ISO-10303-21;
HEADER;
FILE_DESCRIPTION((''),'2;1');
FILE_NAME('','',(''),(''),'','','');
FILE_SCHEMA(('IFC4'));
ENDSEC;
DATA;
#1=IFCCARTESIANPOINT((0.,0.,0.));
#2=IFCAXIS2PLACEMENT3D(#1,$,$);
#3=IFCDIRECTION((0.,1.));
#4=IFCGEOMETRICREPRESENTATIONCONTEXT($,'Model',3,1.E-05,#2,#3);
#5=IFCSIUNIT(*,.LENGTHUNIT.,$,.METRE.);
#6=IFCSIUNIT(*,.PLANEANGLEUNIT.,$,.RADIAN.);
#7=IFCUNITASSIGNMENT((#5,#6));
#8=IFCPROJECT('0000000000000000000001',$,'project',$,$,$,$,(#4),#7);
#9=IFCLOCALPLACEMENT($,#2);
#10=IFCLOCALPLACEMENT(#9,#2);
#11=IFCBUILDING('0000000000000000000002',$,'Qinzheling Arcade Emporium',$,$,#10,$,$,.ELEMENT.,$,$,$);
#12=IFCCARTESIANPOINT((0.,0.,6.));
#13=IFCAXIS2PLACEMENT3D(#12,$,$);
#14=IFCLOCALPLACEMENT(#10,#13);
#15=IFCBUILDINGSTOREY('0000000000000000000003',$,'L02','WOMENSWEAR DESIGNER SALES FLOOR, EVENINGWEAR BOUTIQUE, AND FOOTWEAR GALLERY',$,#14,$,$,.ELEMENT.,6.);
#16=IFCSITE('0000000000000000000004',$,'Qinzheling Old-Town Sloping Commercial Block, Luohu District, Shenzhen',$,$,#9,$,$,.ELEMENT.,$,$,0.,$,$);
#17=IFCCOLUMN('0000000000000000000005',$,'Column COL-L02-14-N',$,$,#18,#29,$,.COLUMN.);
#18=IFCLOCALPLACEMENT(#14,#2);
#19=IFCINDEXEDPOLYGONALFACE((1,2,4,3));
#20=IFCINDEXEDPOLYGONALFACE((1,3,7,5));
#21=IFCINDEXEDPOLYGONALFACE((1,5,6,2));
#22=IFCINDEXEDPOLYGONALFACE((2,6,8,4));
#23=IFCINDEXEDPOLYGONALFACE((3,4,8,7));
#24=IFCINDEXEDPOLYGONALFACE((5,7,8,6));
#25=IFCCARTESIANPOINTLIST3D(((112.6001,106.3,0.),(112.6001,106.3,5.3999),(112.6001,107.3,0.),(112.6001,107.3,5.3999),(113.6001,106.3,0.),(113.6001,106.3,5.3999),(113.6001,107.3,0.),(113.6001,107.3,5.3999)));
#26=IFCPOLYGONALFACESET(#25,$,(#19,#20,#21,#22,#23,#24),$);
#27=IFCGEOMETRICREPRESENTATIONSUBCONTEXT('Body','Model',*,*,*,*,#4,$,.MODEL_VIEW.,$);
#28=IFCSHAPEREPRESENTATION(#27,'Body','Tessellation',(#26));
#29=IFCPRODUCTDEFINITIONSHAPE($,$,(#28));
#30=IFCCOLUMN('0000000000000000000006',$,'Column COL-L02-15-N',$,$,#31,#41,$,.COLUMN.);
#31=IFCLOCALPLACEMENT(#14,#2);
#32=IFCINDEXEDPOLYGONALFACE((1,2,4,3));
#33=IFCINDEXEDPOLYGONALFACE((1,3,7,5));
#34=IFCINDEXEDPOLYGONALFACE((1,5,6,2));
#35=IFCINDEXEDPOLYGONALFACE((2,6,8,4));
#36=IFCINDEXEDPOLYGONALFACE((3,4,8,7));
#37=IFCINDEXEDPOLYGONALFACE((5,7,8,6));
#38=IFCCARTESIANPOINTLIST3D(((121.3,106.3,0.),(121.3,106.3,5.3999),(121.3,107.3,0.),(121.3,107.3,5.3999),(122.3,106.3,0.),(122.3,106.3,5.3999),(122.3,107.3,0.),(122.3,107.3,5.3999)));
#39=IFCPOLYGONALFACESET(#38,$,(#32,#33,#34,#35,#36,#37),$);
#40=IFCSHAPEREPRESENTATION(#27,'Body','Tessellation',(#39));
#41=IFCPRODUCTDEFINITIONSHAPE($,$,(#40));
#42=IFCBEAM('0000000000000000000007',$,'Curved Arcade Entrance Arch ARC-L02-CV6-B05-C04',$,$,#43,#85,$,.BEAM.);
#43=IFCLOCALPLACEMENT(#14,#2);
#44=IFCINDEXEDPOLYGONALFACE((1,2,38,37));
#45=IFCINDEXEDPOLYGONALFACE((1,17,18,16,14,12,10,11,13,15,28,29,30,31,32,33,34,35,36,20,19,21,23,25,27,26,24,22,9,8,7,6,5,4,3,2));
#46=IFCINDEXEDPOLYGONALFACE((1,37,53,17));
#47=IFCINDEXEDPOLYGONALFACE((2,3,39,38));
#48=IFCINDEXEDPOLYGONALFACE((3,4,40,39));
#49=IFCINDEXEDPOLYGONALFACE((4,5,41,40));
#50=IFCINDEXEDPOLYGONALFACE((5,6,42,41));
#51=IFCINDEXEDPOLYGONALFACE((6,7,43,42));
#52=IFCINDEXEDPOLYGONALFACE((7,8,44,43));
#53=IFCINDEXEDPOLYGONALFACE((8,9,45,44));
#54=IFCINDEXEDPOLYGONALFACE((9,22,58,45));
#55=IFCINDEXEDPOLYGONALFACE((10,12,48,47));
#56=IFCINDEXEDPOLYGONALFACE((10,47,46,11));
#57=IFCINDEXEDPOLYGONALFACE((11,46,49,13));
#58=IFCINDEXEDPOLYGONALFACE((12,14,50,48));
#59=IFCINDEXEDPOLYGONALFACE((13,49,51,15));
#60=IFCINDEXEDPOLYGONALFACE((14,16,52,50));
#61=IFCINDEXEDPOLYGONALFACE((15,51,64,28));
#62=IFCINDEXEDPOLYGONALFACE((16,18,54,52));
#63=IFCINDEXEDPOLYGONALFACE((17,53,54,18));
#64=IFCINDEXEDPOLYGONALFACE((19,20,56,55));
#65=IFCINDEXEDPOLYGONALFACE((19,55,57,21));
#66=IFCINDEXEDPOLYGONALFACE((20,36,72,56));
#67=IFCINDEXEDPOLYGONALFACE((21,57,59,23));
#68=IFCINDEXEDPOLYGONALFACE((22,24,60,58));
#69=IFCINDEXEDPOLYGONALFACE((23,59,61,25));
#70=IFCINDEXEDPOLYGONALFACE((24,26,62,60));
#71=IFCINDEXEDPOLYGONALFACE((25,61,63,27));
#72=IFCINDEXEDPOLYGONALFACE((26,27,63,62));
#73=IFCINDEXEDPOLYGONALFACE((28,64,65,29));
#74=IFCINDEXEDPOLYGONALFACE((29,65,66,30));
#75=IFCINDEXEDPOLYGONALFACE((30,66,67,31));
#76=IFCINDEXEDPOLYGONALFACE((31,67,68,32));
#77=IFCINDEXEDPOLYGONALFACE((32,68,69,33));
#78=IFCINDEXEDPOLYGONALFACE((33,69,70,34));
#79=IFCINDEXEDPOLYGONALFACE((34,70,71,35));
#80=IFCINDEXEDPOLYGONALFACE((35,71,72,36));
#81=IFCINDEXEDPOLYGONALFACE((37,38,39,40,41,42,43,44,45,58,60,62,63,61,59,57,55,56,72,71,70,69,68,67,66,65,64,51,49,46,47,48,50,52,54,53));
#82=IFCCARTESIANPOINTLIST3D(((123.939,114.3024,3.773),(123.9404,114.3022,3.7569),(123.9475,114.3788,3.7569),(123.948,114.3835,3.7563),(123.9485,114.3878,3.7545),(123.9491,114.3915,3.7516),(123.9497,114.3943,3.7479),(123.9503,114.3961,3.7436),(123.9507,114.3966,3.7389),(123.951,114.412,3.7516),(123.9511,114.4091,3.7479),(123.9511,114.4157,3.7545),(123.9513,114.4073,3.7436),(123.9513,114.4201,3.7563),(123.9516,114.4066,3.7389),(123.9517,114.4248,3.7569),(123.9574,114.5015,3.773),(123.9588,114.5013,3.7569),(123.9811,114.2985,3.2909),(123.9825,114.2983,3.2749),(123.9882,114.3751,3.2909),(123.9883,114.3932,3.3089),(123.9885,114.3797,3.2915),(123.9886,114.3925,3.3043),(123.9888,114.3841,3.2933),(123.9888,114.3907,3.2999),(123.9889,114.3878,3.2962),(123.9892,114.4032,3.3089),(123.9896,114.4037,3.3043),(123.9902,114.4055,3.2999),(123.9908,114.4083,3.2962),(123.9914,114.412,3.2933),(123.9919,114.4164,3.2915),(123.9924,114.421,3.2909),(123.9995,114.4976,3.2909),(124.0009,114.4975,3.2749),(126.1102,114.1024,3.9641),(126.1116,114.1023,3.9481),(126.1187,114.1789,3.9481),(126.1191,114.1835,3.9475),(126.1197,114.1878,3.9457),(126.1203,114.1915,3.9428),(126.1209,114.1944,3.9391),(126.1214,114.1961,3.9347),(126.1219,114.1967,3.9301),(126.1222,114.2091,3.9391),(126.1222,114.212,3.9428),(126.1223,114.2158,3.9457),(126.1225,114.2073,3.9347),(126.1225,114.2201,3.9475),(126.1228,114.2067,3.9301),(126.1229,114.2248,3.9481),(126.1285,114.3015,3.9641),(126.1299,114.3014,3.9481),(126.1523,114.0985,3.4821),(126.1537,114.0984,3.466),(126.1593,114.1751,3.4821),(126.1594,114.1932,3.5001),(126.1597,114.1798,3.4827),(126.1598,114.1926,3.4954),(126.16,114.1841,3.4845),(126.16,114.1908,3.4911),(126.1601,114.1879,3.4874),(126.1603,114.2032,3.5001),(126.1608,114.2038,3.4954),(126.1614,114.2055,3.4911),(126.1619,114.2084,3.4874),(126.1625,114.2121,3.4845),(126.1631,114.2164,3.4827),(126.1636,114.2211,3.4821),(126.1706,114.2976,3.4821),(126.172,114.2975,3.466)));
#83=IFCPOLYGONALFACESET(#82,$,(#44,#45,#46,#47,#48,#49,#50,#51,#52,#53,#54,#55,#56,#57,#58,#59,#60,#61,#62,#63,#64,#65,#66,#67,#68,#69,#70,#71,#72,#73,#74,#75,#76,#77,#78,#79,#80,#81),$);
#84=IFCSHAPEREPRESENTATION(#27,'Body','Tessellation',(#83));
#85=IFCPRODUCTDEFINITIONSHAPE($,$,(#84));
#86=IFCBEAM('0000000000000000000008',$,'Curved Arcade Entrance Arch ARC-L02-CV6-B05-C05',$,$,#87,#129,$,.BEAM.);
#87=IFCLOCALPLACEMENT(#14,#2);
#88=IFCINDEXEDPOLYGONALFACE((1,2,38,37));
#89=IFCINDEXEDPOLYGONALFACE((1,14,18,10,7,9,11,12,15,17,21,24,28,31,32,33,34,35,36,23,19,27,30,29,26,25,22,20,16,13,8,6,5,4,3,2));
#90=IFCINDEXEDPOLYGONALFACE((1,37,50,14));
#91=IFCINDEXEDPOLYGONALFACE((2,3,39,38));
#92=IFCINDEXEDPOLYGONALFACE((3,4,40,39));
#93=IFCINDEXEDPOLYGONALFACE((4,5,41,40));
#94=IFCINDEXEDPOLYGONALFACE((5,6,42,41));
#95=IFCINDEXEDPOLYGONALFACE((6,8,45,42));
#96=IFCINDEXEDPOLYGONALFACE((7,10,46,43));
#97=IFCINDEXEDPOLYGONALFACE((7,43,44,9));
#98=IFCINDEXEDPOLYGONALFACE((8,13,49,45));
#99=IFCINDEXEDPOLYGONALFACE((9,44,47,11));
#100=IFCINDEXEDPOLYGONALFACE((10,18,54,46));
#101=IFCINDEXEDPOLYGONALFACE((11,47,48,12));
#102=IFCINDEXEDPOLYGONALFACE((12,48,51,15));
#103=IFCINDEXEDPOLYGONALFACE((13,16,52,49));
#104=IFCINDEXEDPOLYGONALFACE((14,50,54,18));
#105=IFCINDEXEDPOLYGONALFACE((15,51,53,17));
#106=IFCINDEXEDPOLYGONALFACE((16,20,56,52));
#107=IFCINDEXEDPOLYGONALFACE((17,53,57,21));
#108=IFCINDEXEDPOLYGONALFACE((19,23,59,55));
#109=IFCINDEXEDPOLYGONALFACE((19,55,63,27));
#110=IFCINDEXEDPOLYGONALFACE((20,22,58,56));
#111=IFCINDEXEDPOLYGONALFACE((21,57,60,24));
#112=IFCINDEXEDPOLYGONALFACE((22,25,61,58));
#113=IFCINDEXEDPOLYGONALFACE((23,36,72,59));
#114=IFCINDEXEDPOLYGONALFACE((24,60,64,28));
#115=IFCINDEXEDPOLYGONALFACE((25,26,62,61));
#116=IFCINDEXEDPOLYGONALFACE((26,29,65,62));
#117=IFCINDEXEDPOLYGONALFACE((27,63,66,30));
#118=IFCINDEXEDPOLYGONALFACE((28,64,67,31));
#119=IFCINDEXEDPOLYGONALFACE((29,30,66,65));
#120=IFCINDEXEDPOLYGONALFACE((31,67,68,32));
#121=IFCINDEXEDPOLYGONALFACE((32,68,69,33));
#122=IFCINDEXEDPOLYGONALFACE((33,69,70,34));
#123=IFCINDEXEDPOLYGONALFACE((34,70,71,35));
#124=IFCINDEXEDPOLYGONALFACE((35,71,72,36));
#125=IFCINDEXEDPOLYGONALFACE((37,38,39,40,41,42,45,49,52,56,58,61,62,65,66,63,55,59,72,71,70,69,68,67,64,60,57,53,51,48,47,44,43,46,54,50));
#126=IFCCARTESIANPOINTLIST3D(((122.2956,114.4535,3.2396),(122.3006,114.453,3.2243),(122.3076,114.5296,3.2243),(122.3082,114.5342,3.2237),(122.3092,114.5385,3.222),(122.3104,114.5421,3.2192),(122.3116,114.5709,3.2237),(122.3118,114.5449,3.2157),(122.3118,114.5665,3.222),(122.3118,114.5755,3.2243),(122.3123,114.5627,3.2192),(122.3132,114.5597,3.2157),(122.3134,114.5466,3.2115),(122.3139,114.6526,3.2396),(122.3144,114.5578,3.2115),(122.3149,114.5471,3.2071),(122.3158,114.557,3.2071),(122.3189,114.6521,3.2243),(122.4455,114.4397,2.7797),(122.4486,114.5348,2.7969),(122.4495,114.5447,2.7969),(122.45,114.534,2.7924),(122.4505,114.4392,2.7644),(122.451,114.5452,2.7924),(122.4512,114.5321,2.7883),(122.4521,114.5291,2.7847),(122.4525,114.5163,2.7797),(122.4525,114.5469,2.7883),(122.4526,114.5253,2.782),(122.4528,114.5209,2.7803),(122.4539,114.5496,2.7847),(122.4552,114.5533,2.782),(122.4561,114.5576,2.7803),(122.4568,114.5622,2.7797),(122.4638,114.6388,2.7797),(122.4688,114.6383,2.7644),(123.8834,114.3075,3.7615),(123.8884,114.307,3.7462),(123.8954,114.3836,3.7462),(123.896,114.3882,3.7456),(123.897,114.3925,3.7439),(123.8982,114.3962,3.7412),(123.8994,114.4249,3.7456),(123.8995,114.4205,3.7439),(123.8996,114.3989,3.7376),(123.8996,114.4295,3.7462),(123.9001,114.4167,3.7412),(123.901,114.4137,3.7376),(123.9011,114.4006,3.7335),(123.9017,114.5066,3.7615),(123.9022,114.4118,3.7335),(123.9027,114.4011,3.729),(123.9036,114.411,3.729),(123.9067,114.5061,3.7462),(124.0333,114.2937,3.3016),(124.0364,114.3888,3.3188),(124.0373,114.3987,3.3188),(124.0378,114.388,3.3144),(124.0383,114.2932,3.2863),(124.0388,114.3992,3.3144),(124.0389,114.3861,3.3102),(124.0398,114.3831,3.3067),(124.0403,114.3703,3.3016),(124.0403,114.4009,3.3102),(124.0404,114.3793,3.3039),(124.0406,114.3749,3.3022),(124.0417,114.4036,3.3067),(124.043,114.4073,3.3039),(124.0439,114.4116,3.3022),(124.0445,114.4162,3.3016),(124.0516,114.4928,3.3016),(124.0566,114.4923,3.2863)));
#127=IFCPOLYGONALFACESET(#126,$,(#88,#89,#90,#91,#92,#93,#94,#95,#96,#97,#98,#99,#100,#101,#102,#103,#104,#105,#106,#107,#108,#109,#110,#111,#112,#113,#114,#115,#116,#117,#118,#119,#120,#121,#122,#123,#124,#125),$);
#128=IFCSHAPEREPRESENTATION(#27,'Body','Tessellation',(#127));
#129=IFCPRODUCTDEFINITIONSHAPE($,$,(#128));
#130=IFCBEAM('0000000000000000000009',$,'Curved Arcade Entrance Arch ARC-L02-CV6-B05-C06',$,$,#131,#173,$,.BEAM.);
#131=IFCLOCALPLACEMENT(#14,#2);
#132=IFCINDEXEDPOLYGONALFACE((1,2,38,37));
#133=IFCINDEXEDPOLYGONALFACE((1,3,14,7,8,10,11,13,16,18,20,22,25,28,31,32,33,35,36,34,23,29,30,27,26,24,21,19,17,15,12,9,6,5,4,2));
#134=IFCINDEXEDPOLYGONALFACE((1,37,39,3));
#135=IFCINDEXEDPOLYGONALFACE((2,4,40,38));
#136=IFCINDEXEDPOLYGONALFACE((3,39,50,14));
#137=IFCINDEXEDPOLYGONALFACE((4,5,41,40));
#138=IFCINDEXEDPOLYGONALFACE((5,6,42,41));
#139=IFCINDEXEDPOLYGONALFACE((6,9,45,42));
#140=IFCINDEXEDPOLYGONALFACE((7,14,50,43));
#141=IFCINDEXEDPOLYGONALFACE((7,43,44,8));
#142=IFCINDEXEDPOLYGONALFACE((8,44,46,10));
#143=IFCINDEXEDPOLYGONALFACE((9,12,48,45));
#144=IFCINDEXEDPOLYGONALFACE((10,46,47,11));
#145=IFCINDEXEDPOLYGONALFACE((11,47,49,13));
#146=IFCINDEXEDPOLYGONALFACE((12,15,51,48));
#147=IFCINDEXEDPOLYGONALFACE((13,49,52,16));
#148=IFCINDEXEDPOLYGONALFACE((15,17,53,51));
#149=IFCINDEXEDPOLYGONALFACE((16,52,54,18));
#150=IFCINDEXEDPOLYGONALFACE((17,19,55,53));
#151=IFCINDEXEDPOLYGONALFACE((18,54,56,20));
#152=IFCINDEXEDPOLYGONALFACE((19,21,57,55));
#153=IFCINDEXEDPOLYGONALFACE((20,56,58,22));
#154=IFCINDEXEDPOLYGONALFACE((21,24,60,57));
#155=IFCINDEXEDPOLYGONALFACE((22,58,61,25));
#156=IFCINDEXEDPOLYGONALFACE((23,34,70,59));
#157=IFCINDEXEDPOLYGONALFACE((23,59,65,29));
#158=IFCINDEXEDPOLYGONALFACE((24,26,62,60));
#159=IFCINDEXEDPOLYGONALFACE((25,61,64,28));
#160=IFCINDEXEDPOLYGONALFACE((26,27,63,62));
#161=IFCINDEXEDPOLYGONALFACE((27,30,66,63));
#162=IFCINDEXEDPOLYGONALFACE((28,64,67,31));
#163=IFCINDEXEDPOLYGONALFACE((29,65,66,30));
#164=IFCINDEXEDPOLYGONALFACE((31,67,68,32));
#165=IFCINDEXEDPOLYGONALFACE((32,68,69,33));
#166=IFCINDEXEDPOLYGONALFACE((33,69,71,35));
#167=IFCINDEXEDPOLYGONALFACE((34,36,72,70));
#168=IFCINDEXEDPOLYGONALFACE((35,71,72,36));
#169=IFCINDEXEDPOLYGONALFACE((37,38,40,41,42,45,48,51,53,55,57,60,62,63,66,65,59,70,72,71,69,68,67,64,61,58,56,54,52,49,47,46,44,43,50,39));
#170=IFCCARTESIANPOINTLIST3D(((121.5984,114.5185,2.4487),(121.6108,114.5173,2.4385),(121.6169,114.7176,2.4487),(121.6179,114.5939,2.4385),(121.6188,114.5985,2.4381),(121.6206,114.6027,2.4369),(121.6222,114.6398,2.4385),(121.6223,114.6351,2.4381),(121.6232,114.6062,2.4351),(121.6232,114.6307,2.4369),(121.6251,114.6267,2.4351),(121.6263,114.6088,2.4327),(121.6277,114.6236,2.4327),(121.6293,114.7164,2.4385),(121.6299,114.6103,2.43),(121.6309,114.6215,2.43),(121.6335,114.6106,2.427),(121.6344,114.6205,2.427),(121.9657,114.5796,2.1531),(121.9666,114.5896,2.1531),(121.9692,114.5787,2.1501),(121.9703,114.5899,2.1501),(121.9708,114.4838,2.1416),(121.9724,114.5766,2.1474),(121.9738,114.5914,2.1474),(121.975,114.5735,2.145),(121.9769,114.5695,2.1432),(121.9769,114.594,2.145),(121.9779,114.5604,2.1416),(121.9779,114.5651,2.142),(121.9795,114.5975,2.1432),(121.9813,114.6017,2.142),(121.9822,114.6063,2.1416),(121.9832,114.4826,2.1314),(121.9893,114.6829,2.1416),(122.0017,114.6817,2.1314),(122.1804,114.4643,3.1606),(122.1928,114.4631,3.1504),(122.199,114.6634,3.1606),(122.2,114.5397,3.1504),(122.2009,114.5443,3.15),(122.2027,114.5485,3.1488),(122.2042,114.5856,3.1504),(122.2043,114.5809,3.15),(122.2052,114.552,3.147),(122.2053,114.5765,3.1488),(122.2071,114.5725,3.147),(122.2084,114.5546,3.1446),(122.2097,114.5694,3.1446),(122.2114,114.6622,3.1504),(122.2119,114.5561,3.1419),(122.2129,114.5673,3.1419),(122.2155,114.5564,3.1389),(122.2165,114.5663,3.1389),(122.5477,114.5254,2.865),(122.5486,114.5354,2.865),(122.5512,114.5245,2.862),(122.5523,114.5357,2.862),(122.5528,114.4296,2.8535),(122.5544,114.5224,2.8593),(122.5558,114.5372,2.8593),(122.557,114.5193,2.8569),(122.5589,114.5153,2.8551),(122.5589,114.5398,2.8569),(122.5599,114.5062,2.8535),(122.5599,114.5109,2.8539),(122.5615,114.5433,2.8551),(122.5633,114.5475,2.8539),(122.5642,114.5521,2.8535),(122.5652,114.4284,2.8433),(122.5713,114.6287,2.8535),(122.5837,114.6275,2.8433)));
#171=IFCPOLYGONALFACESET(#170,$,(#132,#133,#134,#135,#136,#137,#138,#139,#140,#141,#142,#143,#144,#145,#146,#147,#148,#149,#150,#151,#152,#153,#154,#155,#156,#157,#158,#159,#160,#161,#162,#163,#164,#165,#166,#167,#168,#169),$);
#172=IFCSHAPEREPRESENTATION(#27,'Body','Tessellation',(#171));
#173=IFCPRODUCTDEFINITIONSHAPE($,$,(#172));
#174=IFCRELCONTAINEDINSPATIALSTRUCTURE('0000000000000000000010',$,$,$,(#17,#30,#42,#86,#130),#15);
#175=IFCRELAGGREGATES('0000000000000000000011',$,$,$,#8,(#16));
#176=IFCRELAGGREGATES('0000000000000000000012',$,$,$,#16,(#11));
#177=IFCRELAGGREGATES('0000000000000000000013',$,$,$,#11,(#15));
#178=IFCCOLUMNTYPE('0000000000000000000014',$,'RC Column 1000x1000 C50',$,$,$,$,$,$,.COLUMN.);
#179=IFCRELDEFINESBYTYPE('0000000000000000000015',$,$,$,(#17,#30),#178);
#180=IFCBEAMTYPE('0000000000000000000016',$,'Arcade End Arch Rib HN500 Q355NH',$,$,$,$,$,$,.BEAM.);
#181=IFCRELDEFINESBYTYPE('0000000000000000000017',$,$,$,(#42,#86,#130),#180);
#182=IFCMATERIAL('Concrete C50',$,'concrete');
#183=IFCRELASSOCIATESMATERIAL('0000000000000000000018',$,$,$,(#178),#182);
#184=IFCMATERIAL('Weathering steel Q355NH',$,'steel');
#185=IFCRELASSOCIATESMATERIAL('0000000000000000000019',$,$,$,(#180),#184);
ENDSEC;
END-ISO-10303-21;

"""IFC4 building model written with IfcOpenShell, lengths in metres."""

from ifc_helpers import new_model, si_unit, direction, frame, origin, origin_2d, place, context, subcontext, project, spatial, rectangle, i_section, extrude, material, material_profile, profile_set, type_object, element, save


model = new_model("IFC4")

# Units and contexts
model_context = context("Model", 3, precision=1e-05, world=origin(), true_north=direction((0.0, 1.0)))
body_context = subcontext(model_context, "Body", "Model", "MODEL_VIEW")
ifc_project = project(units=[si_unit("LENGTHUNIT", "METRE"), si_unit("PLANEANGLEUNIT", "RADIAN")], contexts=[model_context])

# Site, building, storey
site_placement = place(None, origin())
site = spatial("IfcSite", under=ifc_project, at=site_placement, Name="Qinzheling Old-Town Sloping Commercial Block, Luohu District, Shenzhen", CompositionType="ELEMENT", RefElevation=0.0)
building_placement = place(site_placement, origin())
building = spatial("IfcBuilding", under=site, at=building_placement, Name="Qinzheling Arcade Emporium", CompositionType="ELEMENT")
storey_placement = place(building_placement, frame((0.0, 0.0, 6.0)))
storey = spatial("IfcBuildingStorey", under=building, at=storey_placement, Name="L02", Description="WOMENSWEAR DESIGNER SALES FLOOR, EVENINGWEAR BOUTIQUE, AND FOOTWEAR GALLERY", CompositionType="ELEMENT", Elevation=6.0)

# Columns
ifc_material_1 = material(Name="Concrete C50", Category="concrete")
ifc_material_profile_1 = material_profile(ifc_material_1, rectangle(XDim=1.0, YDim=1.0, at=origin_2d()), Name="RC 1000x1000", Category="concrete")
ifc_profile_set_1 = profile_set([ifc_material_profile_1], Name="Concrete C50")
column_type = type_object("IfcColumnType", Name="RC Column 1000x1000 C50", PredefinedType="COLUMN", material=ifc_profile_set_1)
for number, where, z_axis, x_axis, name in (
    (1, (113.1001, 106.8, 0.0), (0.0, 0.0, 1.0), (1.0, 0.0, 0.0), "Column COL-L02-14-N"),
    (2, (121.8, 106.8, 0.0), (0.0, 0.0, 1.0), (1.0, 0.0, 0.0), "Column COL-L02-15-N"),
):
    element("IfcColumn", number, at=place(storey_placement, frame(where, z_axis=z_axis, x_axis=x_axis)), inside=storey, type_object=column_type, Name=name, PredefinedType="COLUMN", context=body_context, shape_type="SweptSolid", body=[
        extrude(rectangle(XDim=1.0, YDim=1.0, at=origin_2d()), origin(), (0.0, 0.0, 1.0), 5.3999),
    ])

# Beams
ifc_material_2 = material(Name="Weathering steel Q355NH", Category="steel")
ifc_material_profile_2 = material_profile(ifc_material_2, i_section(OverallWidth=0.2, OverallDepth=0.5, WebThickness=0.01, FlangeThickness=0.0161, FilletRadius=0.0181, at=origin_2d()), Name="HN 500x200x10x16", Category="steel")
ifc_profile_set_2 = profile_set([ifc_material_profile_2], Name="Weathering steel Q355NH")
beam_type_1 = type_object("IfcBeamType", Name="Arcade End Arch Rib HN500 Q355NH", PredefinedType="BEAM", material=ifc_profile_set_2)
beam_1_placement = place(storey_placement, frame((126.1411, 114.2, 3.7151), z_axis=(-0.991981, 0.091356, -0.087341), x_axis=(-0.091707, -0.995786, 0.0)))
element("IfcBeam", 3, at=beam_1_placement, inside=storey, type_object=beam_type_1, Name="Curved Arcade Entrance Arch ARC-L02-CV6-B05-C04", PredefinedType="BEAM", context=body_context, shape_type="SweptSolid", body=[
    extrude(i_section(OverallWidth=0.2, OverallDepth=0.5, WebThickness=0.01, FlangeThickness=0.0161, FilletRadius=0.0181, at=origin_2d()), origin(), (0.0, 0.0, 1.0), 2.1887),
])
beam_2_placement = place(storey_placement, frame((123.97, 114.3999, 3.5239), z_axis=(-0.946386, 0.087014, -0.311097), x_axis=(-0.091557, -0.9958, 0.0)))
element("IfcBeam", 4, at=beam_2_placement, inside=storey, type_object=beam_type_1, Name="Curved Arcade Entrance Arch ARC-L02-CV6-B05-C05", PredefinedType="BEAM", context=body_context, shape_type="SweptSolid", body=[
    extrude(i_section(OverallWidth=0.2, OverallDepth=0.5, WebThickness=0.01, FlangeThickness=0.0161, FilletRadius=0.0181, at=origin_2d()), origin(), (0.0, 0.0, 1.0), 1.6777),
])
beam_3_placement = place(storey_placement, frame((122.3821, 114.5459, 3.002), z_axis=(-0.631852, 0.058839, -0.772853), x_axis=(-0.09272, -0.995692, 0.0)))
element("IfcBeam", 5, at=beam_3_placement, inside=storey, type_object=beam_type_1, Name="Curved Arcade Entrance Arch ARC-L02-CV6-B05-C06", PredefinedType="BEAM", context=body_context, shape_type="SweptSolid", body=[
    extrude(i_section(OverallWidth=0.2, OverallDepth=0.5, WebThickness=0.01, FlangeThickness=0.0161, FilletRadius=0.0181, at=origin_2d()), origin(), (0.0, 0.0, 1.0), 0.9211),
])

save(model, "model.ifc")
